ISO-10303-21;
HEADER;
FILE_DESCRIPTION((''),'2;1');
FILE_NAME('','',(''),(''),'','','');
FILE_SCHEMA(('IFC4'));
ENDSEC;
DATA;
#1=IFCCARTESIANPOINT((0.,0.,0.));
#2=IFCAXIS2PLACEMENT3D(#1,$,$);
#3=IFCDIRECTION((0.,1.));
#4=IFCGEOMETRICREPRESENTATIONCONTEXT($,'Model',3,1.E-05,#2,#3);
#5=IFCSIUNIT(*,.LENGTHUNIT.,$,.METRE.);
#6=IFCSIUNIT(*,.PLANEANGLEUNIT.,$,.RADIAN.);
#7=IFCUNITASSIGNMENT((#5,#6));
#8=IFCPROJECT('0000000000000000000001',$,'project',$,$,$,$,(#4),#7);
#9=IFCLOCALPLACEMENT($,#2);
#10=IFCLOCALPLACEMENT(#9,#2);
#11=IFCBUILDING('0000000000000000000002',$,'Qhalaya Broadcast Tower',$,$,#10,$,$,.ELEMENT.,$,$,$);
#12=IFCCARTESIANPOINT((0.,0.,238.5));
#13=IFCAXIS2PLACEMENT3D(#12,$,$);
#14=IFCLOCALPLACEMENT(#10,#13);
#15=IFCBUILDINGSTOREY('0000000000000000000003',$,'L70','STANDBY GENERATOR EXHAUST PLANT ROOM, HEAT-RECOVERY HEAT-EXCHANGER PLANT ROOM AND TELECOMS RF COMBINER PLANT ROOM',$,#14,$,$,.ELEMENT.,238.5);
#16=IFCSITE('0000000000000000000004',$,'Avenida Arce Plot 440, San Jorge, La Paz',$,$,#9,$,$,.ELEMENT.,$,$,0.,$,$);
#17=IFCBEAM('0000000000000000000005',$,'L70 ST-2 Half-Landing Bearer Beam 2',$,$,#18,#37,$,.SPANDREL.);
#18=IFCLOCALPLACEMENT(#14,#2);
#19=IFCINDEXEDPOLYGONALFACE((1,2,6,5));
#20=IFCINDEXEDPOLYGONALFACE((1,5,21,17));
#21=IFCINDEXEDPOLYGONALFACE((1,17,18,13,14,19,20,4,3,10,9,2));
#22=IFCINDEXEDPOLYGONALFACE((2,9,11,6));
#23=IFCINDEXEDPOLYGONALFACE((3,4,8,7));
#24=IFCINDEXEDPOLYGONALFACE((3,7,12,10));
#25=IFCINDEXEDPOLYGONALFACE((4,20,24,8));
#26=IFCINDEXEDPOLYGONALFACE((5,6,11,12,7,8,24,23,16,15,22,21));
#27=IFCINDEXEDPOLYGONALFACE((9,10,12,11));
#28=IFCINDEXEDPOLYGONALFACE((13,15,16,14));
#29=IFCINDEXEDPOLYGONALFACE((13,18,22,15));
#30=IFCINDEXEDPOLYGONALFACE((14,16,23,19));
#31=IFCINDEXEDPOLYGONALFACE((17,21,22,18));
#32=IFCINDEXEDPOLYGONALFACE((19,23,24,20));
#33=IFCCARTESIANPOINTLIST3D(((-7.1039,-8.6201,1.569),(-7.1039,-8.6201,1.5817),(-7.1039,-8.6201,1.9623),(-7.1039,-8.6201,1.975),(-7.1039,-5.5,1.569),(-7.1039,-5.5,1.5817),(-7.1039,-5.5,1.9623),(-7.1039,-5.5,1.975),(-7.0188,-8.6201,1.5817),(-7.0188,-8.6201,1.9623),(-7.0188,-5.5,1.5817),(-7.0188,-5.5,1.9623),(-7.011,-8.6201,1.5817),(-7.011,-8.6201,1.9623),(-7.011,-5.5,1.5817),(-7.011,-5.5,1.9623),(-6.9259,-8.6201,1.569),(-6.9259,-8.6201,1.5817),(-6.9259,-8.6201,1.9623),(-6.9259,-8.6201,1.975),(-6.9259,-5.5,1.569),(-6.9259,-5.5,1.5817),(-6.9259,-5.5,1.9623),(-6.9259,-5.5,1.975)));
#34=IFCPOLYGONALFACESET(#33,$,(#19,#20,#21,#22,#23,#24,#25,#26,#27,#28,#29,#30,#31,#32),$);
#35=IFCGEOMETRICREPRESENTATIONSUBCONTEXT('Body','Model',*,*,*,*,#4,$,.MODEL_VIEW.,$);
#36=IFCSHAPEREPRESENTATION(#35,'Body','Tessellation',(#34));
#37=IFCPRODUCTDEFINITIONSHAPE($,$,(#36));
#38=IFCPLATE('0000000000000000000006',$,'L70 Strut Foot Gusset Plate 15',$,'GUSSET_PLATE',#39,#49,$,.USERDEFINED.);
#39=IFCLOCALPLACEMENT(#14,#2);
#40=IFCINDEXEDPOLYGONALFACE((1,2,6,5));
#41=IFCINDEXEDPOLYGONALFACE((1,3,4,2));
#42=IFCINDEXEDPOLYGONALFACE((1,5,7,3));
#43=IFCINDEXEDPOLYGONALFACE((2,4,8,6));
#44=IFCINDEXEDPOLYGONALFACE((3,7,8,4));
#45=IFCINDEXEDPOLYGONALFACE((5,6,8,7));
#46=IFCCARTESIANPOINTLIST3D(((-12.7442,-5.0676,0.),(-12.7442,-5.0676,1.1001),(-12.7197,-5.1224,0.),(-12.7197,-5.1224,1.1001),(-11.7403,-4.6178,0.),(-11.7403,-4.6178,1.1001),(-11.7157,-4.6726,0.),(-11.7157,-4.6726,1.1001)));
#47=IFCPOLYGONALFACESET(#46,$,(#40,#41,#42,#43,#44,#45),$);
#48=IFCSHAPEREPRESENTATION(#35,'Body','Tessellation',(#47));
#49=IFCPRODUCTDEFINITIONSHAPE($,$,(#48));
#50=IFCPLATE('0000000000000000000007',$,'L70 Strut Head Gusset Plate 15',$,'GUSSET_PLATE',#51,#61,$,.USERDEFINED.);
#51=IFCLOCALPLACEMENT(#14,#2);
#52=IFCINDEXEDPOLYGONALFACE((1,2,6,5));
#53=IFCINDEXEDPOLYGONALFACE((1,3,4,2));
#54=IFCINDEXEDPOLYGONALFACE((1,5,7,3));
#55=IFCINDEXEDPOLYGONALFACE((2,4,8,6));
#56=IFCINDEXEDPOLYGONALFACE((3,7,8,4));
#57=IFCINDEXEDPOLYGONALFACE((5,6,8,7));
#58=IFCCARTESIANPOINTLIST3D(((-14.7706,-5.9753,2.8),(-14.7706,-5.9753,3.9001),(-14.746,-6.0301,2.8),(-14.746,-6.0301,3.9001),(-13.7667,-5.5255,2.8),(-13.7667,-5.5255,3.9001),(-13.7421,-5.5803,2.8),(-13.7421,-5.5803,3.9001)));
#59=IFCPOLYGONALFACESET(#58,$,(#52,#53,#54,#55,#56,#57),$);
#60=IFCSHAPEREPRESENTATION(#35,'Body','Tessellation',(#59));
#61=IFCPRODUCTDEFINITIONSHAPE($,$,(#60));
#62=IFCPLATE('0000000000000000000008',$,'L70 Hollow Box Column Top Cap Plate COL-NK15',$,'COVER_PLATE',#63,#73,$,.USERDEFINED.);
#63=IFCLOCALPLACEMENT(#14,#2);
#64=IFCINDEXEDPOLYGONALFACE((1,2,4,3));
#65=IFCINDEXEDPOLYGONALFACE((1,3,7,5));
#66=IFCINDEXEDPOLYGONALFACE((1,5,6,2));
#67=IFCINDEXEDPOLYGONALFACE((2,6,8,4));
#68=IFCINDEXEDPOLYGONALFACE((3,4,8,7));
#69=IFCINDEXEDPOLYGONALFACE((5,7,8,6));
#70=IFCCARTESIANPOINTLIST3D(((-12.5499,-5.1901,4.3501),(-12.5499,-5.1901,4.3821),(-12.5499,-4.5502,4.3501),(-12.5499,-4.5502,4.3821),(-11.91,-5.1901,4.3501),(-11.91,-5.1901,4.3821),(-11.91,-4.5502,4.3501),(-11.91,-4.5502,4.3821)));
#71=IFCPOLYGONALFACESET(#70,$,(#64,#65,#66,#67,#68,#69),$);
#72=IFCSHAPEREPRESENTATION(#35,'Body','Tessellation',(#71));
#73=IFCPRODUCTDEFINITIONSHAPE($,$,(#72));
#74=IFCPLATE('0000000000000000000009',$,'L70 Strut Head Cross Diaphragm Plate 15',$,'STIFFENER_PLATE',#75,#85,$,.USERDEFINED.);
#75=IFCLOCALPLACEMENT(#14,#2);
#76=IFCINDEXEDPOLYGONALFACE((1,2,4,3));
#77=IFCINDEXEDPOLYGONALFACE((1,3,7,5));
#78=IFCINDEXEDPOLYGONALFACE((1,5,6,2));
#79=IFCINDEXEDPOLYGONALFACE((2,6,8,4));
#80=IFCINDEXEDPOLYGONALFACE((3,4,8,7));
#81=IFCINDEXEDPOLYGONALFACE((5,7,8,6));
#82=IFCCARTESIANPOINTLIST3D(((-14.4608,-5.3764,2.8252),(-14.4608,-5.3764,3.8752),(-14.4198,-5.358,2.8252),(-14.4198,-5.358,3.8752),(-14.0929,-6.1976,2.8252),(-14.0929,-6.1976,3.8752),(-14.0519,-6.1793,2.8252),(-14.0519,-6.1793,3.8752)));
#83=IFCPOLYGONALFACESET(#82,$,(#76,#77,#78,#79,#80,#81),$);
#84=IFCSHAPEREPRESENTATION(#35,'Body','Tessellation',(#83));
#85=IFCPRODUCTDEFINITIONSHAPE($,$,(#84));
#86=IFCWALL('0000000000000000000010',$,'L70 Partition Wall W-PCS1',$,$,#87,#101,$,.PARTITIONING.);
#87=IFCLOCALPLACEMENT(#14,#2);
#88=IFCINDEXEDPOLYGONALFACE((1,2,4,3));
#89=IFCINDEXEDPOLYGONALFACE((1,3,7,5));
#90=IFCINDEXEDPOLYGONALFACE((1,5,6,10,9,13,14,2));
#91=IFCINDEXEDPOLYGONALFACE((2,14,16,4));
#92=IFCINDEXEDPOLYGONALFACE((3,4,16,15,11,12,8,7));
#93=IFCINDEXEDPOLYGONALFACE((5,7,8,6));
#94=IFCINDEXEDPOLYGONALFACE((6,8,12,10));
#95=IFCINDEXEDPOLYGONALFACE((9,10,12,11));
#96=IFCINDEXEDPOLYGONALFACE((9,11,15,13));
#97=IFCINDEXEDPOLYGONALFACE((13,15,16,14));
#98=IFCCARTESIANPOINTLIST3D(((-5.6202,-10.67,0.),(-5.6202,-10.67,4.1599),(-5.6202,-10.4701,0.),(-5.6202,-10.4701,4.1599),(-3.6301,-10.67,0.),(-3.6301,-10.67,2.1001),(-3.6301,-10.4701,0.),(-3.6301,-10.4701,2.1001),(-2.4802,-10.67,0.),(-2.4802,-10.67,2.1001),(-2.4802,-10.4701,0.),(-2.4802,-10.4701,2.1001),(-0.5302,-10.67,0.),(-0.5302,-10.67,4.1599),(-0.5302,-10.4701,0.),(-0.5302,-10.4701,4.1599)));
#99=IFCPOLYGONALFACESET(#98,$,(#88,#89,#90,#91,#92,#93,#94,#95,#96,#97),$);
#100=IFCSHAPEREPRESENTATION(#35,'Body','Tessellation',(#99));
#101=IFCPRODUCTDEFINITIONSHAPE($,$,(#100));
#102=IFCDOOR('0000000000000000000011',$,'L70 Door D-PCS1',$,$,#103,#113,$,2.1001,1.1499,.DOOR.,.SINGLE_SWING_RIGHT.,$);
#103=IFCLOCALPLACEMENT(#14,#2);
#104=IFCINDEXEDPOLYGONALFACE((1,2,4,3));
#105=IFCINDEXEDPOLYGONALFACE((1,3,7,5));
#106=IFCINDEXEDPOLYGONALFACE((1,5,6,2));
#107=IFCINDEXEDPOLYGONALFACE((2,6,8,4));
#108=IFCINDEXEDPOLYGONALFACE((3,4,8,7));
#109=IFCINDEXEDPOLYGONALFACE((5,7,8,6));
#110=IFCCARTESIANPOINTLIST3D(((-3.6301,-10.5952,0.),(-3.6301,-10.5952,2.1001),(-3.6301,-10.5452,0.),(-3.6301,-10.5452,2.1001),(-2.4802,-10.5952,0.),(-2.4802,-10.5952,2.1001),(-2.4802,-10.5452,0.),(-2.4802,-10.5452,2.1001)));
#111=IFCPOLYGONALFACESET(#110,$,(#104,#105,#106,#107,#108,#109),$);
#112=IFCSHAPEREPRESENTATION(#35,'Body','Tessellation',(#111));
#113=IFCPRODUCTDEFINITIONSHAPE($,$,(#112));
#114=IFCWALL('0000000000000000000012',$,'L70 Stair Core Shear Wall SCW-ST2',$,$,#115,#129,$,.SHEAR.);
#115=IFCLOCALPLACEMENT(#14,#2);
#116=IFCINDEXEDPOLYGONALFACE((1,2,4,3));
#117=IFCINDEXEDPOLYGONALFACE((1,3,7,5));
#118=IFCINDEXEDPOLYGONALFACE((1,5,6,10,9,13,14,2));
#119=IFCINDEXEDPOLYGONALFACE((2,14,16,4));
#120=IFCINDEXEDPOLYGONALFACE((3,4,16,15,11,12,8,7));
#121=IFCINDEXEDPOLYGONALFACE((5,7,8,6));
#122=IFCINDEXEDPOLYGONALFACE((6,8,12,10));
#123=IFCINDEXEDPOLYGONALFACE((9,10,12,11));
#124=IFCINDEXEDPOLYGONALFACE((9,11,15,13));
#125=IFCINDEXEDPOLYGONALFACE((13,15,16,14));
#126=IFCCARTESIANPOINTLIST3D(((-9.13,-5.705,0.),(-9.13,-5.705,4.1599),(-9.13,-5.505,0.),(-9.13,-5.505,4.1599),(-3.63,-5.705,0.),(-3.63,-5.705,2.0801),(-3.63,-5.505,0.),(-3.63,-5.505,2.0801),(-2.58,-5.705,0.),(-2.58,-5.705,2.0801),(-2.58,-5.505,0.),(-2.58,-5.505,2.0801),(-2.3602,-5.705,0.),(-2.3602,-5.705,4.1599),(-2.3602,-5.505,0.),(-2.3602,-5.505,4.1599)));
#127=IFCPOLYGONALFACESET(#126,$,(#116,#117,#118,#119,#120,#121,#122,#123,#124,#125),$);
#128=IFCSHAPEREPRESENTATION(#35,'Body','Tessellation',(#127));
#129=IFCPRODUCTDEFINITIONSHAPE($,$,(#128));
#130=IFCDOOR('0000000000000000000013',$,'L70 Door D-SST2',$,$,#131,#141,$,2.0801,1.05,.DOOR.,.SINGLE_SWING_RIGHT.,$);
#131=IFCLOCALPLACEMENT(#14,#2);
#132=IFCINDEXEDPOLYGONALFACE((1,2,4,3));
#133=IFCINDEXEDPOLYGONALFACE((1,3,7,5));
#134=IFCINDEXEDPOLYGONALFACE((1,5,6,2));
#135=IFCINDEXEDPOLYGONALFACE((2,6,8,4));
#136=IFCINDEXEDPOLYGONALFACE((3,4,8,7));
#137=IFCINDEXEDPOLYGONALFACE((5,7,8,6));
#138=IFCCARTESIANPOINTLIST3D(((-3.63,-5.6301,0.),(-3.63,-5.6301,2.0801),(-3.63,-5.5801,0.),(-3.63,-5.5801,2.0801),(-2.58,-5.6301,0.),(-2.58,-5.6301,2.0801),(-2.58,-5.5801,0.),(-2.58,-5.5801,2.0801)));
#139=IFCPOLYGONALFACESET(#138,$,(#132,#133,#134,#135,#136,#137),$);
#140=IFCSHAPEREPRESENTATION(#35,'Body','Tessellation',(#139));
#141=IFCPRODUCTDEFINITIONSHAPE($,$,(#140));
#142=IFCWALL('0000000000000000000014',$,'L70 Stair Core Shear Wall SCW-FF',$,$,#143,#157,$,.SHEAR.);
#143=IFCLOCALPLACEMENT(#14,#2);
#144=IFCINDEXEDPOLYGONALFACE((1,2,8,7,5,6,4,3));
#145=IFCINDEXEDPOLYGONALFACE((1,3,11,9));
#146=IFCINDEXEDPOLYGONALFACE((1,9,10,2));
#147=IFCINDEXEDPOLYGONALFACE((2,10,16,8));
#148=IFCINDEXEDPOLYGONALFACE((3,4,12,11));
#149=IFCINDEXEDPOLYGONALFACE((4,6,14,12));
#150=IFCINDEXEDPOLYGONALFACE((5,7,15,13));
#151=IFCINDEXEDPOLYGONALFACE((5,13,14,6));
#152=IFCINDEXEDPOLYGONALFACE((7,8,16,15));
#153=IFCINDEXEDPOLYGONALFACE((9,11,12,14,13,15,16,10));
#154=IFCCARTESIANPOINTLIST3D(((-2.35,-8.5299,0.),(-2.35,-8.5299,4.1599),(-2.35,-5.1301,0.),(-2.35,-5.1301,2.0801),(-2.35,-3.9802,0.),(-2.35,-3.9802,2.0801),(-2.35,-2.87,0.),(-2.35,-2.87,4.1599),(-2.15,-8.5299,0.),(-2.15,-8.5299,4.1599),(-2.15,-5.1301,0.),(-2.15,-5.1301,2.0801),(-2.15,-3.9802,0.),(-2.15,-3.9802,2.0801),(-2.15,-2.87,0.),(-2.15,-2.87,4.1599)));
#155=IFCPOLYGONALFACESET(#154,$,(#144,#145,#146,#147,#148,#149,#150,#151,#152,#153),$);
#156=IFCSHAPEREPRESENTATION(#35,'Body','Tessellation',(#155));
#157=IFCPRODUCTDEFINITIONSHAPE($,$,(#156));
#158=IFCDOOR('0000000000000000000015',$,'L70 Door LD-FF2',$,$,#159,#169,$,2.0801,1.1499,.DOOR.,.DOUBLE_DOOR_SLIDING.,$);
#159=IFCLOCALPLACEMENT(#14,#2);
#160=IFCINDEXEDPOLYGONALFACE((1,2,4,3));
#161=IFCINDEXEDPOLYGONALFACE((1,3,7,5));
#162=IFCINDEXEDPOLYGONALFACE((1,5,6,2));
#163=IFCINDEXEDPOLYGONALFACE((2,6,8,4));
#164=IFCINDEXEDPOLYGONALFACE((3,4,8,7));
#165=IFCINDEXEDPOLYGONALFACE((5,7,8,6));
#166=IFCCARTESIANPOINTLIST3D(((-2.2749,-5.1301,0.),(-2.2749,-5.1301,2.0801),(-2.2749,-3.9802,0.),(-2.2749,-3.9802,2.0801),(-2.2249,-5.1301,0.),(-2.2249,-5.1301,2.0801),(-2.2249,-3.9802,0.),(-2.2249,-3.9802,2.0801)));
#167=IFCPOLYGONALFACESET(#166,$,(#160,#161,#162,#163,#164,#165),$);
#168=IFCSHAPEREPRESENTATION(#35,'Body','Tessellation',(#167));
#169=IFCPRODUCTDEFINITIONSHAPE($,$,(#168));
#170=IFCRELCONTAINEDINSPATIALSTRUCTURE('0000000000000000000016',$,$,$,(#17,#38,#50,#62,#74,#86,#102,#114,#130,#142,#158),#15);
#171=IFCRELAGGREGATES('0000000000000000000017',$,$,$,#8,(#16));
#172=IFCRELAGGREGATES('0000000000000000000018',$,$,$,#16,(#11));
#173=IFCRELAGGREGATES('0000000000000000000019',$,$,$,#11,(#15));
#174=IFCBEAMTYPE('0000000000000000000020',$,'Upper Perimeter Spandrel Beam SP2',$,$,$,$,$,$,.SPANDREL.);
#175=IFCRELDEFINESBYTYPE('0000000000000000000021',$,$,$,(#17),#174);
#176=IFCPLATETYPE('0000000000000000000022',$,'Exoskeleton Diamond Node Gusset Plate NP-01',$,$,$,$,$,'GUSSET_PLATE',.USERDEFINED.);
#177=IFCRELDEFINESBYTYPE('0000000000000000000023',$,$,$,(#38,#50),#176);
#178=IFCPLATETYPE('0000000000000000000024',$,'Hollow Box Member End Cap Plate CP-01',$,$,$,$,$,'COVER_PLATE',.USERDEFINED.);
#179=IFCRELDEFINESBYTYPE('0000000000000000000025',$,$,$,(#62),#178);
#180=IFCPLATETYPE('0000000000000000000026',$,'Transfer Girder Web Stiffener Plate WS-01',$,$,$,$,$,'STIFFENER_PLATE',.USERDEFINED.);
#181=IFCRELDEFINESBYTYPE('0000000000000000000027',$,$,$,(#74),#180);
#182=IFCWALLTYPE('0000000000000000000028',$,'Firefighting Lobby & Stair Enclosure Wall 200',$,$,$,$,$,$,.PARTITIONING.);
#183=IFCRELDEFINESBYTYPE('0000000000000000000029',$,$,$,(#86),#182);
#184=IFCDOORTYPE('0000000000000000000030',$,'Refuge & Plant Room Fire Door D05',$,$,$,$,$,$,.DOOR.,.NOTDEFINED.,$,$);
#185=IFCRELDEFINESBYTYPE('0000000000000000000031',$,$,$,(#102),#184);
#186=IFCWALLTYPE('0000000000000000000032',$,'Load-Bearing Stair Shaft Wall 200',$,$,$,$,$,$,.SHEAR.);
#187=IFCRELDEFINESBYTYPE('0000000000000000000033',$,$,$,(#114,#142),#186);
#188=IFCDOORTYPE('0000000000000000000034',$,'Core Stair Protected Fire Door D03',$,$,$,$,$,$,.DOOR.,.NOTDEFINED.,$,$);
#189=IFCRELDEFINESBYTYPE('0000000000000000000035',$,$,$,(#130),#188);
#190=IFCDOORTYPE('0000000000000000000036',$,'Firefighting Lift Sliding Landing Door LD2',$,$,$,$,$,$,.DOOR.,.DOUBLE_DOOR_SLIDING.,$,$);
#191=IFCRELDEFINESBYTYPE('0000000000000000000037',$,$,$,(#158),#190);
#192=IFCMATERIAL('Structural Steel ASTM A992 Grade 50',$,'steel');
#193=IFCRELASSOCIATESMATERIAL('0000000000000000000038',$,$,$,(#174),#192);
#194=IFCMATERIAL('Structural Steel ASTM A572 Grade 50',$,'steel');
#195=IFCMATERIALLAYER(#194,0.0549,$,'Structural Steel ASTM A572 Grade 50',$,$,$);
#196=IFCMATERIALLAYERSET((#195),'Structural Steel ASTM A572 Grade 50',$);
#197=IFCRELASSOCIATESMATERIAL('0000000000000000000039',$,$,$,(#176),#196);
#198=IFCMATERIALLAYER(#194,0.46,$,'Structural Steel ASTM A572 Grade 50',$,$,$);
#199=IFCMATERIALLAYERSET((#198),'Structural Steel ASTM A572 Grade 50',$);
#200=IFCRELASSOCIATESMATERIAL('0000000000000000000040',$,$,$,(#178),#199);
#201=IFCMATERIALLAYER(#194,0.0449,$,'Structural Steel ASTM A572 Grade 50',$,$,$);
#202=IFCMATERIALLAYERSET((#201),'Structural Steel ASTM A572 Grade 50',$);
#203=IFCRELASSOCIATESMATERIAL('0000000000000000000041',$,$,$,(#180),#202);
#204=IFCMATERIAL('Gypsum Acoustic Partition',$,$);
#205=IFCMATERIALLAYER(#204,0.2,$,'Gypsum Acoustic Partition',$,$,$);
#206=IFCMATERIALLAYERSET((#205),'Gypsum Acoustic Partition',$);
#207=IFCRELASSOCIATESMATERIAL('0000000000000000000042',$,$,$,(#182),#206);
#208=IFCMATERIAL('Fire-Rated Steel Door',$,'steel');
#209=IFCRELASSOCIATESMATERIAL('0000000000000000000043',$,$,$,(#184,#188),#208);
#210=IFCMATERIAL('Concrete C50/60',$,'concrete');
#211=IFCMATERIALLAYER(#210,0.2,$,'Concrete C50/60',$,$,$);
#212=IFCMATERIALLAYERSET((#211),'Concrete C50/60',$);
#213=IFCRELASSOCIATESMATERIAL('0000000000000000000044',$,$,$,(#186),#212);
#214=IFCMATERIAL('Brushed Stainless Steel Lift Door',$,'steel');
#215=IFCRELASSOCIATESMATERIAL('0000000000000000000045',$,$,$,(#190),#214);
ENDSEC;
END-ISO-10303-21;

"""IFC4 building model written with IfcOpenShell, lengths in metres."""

from ifc_helpers import new_model, si_unit, direction, frame, frame_2d, origin, origin_2d, place, context, subcontext, project, spatial, rectangle, i_section, extrude, material, layer, layer_set, material_profile, profile_set, type_object, element, fill, save


model = new_model("IFC4")

# Units and contexts
model_context = context("Model", 3, precision=1e-05, world=origin(), true_north=direction((0.0, 1.0)))
body_context = subcontext(model_context, "Body", "Model", "MODEL_VIEW")
ifc_project = project(units=[si_unit("LENGTHUNIT", "METRE"), si_unit("PLANEANGLEUNIT", "RADIAN")], contexts=[model_context])

# Site, building, storey
site_placement = place(None, origin())
site = spatial("IfcSite", under=ifc_project, at=site_placement, Name="Avenida Arce Plot 440, San Jorge, La Paz", CompositionType="ELEMENT", RefElevation=0.0)
building_placement = place(site_placement, origin())
building = spatial("IfcBuilding", under=site, at=building_placement, Name="Qhalaya Broadcast Tower", CompositionType="ELEMENT")
storey_placement = place(building_placement, frame((0.0, 0.0, 238.5)))
storey = spatial("IfcBuildingStorey", under=building, at=storey_placement, Name="L70", Description="STANDBY GENERATOR EXHAUST PLANT ROOM, HEAT-RECOVERY HEAT-EXCHANGER PLANT ROOM AND TELECOMS RF COMBINER PLANT ROOM", CompositionType="ELEMENT", Elevation=238.5)

# Shared definitions
ifc_material_1 = material(Name="Concrete C50/60", Category="concrete")
ifc_material_2 = material(Name="Structural Steel ASTM A572 Grade 50", Category="steel")

# Shared definitions
ifc_material_3 = material(Name="Structural Steel ASTM A992 Grade 50", Category="steel")

# Beam
ifc_material_profile_1 = material_profile(ifc_material_3, i_section(OverallWidth=0.178, OverallDepth=0.406, WebThickness=0.0078, FlangeThickness=0.0127, at=origin_2d()), Name="W16X40")
ifc_profile_set_1 = profile_set([ifc_material_profile_1], Name="Structural Steel ASTM A992 Grade 50")
beam_type_1 = type_object("IfcBeamType", Name="Upper Perimeter Spandrel Beam SP2", PredefinedType="SPANDREL", material=ifc_profile_set_1)
for number, where, z_axis, x_axis, name in (
    (1, (-7.0149, -8.6201, 1.772), (0.0, 1.0, 0.0), (-1.0, 0.0, 0.0), "L70 ST-2 Half-Landing Bearer Beam 2"),
):
    element("IfcBeam", number, at=place(storey_placement, frame(where, z_axis=z_axis, x_axis=x_axis)), inside=storey, type_object=beam_type_1, Name=name, PredefinedType="SPANDREL", context=body_context, shape_type="SweptSolid", body=[
        extrude(i_section(OverallWidth=0.178, OverallDepth=0.406, WebThickness=0.0078, FlangeThickness=0.0127, at=origin_2d()), origin(), (0.0, 0.0, 1.0), 3.1201),
    ])

# Plates
ifc_layer_1 = layer(ifc_material_2, 0.0549, Name="Structural Steel ASTM A572 Grade 50")
ifc_layer_set_1 = layer_set([ifc_layer_1], Name="Structural Steel ASTM A572 Grade 50")
plate_type_1 = type_object("IfcPlateType", Name="Exoskeleton Diamond Node Gusset Plate NP-01", ElementType="GUSSET_PLATE", PredefinedType="USERDEFINED", material=ifc_layer_set_1)
for number, where, z_axis, x_axis, name in (
    (2, (-12.23, -4.8701, 0.0), (0.0, 0.0, 1.0), (-0.912592, -0.408872, 0.0), "L70 Strut Foot Gusset Plate 15"),
    (3, (-14.2563, -5.7778, 2.8), (0.0, 0.0, 1.0), (-0.912592, -0.408872, 0.0), "L70 Strut Head Gusset Plate 15"),
):
    element("IfcPlate", number, at=place(storey_placement, frame(where, z_axis=z_axis, x_axis=x_axis)), inside=storey, type_object=plate_type_1, Name=name, ObjectType="GUSSET_PLATE", PredefinedType="USERDEFINED", context=body_context, shape_type="SweptSolid", body=[
        extrude(rectangle(XDim=1.1001, YDim=0.0601, at=origin_2d()), origin(), (0.0, 0.0, 1.0), 1.1001),
    ])
ifc_layer_2 = layer(ifc_material_2, 0.46, Name="Structural Steel ASTM A572 Grade 50")
ifc_layer_set_2 = layer_set([ifc_layer_2], Name="Structural Steel ASTM A572 Grade 50")
plate_type_2 = type_object("IfcPlateType", Name="Hollow Box Member End Cap Plate CP-01", ElementType="COVER_PLATE", PredefinedType="USERDEFINED", material=ifc_layer_set_2)
plate_1_placement = place(storey_placement, frame((-12.23, -4.8701, 4.3501), z_axis=(0.0, 0.0, 1.0), x_axis=(0.0, 1.0, 0.0)))
element("IfcPlate", 4, at=plate_1_placement, inside=storey, type_object=plate_type_2, Name="L70 Hollow Box Column Top Cap Plate COL-NK15", ObjectType="COVER_PLATE", PredefinedType="USERDEFINED", context=body_context, shape_type="SweptSolid", body=[
    extrude(rectangle(XDim=0.6399, YDim=0.6399, at=origin_2d()), origin(), (0.0, 0.0, 1.0), 0.032),
])
ifc_layer_3 = layer(ifc_material_2, 0.0449, Name="Structural Steel ASTM A572 Grade 50")
ifc_layer_set_3 = layer_set([ifc_layer_3], Name="Structural Steel ASTM A572 Grade 50")
plate_type_3 = type_object("IfcPlateType", Name="Transfer Girder Web Stiffener Plate WS-01", ElementType="STIFFENER_PLATE", PredefinedType="USERDEFINED", material=ifc_layer_set_3)
plate_2_placement = place(storey_placement, frame((-14.2563, -5.7778, 2.8252), z_axis=(0.0, 0.0, 1.0), x_axis=(0.408872, -0.912592, 0.0)))
element("IfcPlate", 5, at=plate_2_placement, inside=storey, type_object=plate_type_3, Name="L70 Strut Head Cross Diaphragm Plate 15", ObjectType="STIFFENER_PLATE", PredefinedType="USERDEFINED", context=body_context, shape_type="SweptSolid", body=[
    extrude(rectangle(XDim=0.8999, YDim=0.0449, at=origin_2d()), origin(), (0.0, 0.0, 1.0), 1.05),
])

# Walls, openings, doors
ifc_material_4 = material(Name="Gypsum Acoustic Partition")
ifc_layer_4 = layer(ifc_material_4, 0.2, Name="Gypsum Acoustic Partition")
ifc_layer_set_4 = layer_set([ifc_layer_4], Name="Gypsum Acoustic Partition")
wall_type_1 = type_object("IfcWallType", Name="Firefighting Lobby & Stair Enclosure Wall 200", PredefinedType="PARTITIONING", material=ifc_layer_set_4)
wall_1_placement = place(storey_placement, frame((-5.6201, -10.5701, 0.0), z_axis=(0.0, 0.0, 1.0), x_axis=(1.0, 0.0, 0.0)))
wall_1 = element("IfcWall", 6, at=wall_1_placement, inside=storey, type_object=wall_type_1, Name="L70 Partition Wall W-PCS1", PredefinedType="PARTITIONING", context=body_context, shape_type="SweptSolid", body=[
    extrude(rectangle(XDim=5.0901, YDim=0.2, at=frame_2d((2.5449, 0.0))), origin(), (0.0, 0.0, 1.0), 4.1599),
])
opening_1_placement = place(wall_1_placement, frame((1.99, 0.0, 0.0)))
opening_1 = element("IfcOpeningElement", 7, at=opening_1_placement, cuts=wall_1, PredefinedType="OPENING", context=body_context, shape_type="SweptSolid", body=[
    extrude(rectangle(XDim=1.1499, YDim=2.1001, at=frame_2d((0.575, 1.05))), frame((0.0, 0.1121, 0.0), z_axis=(0.0, -1.0, 0.0), x_axis=(1.0, 0.0, 0.0)), (0.0, 0.0, 1.0), 0.2239),
])
ifc_material_5 = material(Name="Fire-Rated Steel Door", Category="steel")
door_type_1 = type_object("IfcDoorType", Name="Refuge & Plant Room Fire Door D05", OperationType="NOTDEFINED", PredefinedType="DOOR", material=ifc_material_5)
door_1_placement = place(opening_1_placement, origin())
door_1 = element("IfcDoor", 8, at=door_1_placement, inside=storey, type_object=door_type_1, Name="L70 Door D-PCS1", OperationType="SINGLE_SWING_RIGHT", OverallHeight=2.1001, OverallWidth=1.1499, PredefinedType="DOOR", context=body_context, shape_type="SweptSolid", body=[
    extrude(rectangle(XDim=1.1499, YDim=2.1001, at=frame_2d((0.575, 1.05))), frame((0.0, 0.0249, 0.0), z_axis=(0.0, -1.0, 0.0), x_axis=(1.0, 0.0, 0.0)), (0.0, 0.0, 1.0), 0.05),
])
fill(opening_1, door_1)
ifc_layer_5 = layer(ifc_material_1, 0.2, Name="Concrete C50/60")
ifc_layer_set_5 = layer_set([ifc_layer_5], Name="Concrete C50/60")
wall_type_2 = type_object("IfcWallType", Name="Load-Bearing Stair Shaft Wall 200", PredefinedType="SHEAR", material=ifc_layer_set_5)
wall_2_placement = place(storey_placement, frame((-9.1299, -5.605, 0.0), z_axis=(0.0, 0.0, 1.0), x_axis=(1.0, 0.0, 0.0)))
wall_2 = element("IfcWall", 9, at=wall_2_placement, inside=storey, type_object=wall_type_2, Name="L70 Stair Core Shear Wall SCW-ST2", PredefinedType="SHEAR", context=body_context, shape_type="SweptSolid", body=[
    extrude(rectangle(XDim=6.7698, YDim=0.2, at=frame_2d((3.3848, 0.0))), origin(), (0.0, 0.0, 1.0), 4.1599),
])
opening_2_placement = place(wall_2_placement, frame((5.5, 0.0, 0.0)))
opening_2 = element("IfcOpeningElement", 10, at=opening_2_placement, cuts=wall_2, PredefinedType="OPENING", context=body_context, shape_type="SweptSolid", body=[
    extrude(rectangle(XDim=1.05, YDim=2.0801, at=frame_2d((0.5249, 1.04))), frame((0.0, 0.1121, 0.0), z_axis=(0.0, -1.0, 0.0), x_axis=(1.0, 0.0, 0.0)), (0.0, 0.0, 1.0), 0.2239),
])
door_type_2 = type_object("IfcDoorType", Name="Core Stair Protected Fire Door D03", OperationType="NOTDEFINED", PredefinedType="DOOR", material=ifc_material_5)
door_2_placement = place(opening_2_placement, origin())
door_2 = element("IfcDoor", 11, at=door_2_placement, inside=storey, type_object=door_type_2, Name="L70 Door D-SST2", OperationType="SINGLE_SWING_RIGHT", OverallHeight=2.0801, OverallWidth=1.05, PredefinedType="DOOR", context=body_context, shape_type="SweptSolid", body=[
    extrude(rectangle(XDim=1.05, YDim=2.0801, at=frame_2d((0.5249, 1.04))), frame((0.0, 0.0249, 0.0), z_axis=(0.0, -1.0, 0.0), x_axis=(1.0, 0.0, 0.0)), (0.0, 0.0, 1.0), 0.05),
])
fill(opening_2, door_2)
wall_3_placement = place(storey_placement, frame((-2.25, -8.53, 0.0), z_axis=(0.0, 0.0, 1.0), x_axis=(0.0, 1.0, 0.0)))
wall_3 = element("IfcWall", 12, at=wall_3_placement, inside=storey, type_object=wall_type_2, Name="L70 Stair Core Shear Wall SCW-FF", PredefinedType="SHEAR", context=body_context, shape_type="SweptSolid", body=[
    extrude(rectangle(XDim=5.6599, YDim=0.2, at=frame_2d((2.8301, 0.0))), origin(), (0.0, 0.0, 1.0), 4.1599),
])
opening_3_placement = place(wall_3_placement, frame((3.3999, 0.0, 0.0)))
opening_3 = element("IfcOpeningElement", 13, at=opening_3_placement, cuts=wall_3, PredefinedType="OPENING", context=body_context, shape_type="SweptSolid", body=[
    extrude(rectangle(XDim=1.1499, YDim=2.0801, at=frame_2d((0.575, 1.04))), frame((0.0, 0.1121, 0.0), z_axis=(0.0, -1.0, 0.0), x_axis=(1.0, 0.0, 0.0)), (0.0, 0.0, 1.0), 0.2239),
])
ifc_material_6 = material(Name="Brushed Stainless Steel Lift Door", Category="steel")
door_type_3 = type_object("IfcDoorType", Name="Firefighting Lift Sliding Landing Door LD2", OperationType="DOUBLE_DOOR_SLIDING", PredefinedType="DOOR", material=ifc_material_6)
door_3_placement = place(opening_3_placement, origin())
door_3 = element("IfcDoor", 14, at=door_3_placement, inside=storey, type_object=door_type_3, Name="L70 Door LD-FF2", OperationType="DOUBLE_DOOR_SLIDING", OverallHeight=2.0801, OverallWidth=1.1499, PredefinedType="DOOR", context=body_context, shape_type="SweptSolid", body=[
    extrude(rectangle(XDim=1.1499, YDim=2.0801, at=frame_2d((0.575, 1.04))), frame((0.0, 0.0249, 0.0), z_axis=(0.0, -1.0, 0.0), x_axis=(1.0, 0.0, 0.0)), (0.0, 0.0, 1.0), 0.05),
])
fill(opening_3, door_3)

save(model, "model.ifc")
